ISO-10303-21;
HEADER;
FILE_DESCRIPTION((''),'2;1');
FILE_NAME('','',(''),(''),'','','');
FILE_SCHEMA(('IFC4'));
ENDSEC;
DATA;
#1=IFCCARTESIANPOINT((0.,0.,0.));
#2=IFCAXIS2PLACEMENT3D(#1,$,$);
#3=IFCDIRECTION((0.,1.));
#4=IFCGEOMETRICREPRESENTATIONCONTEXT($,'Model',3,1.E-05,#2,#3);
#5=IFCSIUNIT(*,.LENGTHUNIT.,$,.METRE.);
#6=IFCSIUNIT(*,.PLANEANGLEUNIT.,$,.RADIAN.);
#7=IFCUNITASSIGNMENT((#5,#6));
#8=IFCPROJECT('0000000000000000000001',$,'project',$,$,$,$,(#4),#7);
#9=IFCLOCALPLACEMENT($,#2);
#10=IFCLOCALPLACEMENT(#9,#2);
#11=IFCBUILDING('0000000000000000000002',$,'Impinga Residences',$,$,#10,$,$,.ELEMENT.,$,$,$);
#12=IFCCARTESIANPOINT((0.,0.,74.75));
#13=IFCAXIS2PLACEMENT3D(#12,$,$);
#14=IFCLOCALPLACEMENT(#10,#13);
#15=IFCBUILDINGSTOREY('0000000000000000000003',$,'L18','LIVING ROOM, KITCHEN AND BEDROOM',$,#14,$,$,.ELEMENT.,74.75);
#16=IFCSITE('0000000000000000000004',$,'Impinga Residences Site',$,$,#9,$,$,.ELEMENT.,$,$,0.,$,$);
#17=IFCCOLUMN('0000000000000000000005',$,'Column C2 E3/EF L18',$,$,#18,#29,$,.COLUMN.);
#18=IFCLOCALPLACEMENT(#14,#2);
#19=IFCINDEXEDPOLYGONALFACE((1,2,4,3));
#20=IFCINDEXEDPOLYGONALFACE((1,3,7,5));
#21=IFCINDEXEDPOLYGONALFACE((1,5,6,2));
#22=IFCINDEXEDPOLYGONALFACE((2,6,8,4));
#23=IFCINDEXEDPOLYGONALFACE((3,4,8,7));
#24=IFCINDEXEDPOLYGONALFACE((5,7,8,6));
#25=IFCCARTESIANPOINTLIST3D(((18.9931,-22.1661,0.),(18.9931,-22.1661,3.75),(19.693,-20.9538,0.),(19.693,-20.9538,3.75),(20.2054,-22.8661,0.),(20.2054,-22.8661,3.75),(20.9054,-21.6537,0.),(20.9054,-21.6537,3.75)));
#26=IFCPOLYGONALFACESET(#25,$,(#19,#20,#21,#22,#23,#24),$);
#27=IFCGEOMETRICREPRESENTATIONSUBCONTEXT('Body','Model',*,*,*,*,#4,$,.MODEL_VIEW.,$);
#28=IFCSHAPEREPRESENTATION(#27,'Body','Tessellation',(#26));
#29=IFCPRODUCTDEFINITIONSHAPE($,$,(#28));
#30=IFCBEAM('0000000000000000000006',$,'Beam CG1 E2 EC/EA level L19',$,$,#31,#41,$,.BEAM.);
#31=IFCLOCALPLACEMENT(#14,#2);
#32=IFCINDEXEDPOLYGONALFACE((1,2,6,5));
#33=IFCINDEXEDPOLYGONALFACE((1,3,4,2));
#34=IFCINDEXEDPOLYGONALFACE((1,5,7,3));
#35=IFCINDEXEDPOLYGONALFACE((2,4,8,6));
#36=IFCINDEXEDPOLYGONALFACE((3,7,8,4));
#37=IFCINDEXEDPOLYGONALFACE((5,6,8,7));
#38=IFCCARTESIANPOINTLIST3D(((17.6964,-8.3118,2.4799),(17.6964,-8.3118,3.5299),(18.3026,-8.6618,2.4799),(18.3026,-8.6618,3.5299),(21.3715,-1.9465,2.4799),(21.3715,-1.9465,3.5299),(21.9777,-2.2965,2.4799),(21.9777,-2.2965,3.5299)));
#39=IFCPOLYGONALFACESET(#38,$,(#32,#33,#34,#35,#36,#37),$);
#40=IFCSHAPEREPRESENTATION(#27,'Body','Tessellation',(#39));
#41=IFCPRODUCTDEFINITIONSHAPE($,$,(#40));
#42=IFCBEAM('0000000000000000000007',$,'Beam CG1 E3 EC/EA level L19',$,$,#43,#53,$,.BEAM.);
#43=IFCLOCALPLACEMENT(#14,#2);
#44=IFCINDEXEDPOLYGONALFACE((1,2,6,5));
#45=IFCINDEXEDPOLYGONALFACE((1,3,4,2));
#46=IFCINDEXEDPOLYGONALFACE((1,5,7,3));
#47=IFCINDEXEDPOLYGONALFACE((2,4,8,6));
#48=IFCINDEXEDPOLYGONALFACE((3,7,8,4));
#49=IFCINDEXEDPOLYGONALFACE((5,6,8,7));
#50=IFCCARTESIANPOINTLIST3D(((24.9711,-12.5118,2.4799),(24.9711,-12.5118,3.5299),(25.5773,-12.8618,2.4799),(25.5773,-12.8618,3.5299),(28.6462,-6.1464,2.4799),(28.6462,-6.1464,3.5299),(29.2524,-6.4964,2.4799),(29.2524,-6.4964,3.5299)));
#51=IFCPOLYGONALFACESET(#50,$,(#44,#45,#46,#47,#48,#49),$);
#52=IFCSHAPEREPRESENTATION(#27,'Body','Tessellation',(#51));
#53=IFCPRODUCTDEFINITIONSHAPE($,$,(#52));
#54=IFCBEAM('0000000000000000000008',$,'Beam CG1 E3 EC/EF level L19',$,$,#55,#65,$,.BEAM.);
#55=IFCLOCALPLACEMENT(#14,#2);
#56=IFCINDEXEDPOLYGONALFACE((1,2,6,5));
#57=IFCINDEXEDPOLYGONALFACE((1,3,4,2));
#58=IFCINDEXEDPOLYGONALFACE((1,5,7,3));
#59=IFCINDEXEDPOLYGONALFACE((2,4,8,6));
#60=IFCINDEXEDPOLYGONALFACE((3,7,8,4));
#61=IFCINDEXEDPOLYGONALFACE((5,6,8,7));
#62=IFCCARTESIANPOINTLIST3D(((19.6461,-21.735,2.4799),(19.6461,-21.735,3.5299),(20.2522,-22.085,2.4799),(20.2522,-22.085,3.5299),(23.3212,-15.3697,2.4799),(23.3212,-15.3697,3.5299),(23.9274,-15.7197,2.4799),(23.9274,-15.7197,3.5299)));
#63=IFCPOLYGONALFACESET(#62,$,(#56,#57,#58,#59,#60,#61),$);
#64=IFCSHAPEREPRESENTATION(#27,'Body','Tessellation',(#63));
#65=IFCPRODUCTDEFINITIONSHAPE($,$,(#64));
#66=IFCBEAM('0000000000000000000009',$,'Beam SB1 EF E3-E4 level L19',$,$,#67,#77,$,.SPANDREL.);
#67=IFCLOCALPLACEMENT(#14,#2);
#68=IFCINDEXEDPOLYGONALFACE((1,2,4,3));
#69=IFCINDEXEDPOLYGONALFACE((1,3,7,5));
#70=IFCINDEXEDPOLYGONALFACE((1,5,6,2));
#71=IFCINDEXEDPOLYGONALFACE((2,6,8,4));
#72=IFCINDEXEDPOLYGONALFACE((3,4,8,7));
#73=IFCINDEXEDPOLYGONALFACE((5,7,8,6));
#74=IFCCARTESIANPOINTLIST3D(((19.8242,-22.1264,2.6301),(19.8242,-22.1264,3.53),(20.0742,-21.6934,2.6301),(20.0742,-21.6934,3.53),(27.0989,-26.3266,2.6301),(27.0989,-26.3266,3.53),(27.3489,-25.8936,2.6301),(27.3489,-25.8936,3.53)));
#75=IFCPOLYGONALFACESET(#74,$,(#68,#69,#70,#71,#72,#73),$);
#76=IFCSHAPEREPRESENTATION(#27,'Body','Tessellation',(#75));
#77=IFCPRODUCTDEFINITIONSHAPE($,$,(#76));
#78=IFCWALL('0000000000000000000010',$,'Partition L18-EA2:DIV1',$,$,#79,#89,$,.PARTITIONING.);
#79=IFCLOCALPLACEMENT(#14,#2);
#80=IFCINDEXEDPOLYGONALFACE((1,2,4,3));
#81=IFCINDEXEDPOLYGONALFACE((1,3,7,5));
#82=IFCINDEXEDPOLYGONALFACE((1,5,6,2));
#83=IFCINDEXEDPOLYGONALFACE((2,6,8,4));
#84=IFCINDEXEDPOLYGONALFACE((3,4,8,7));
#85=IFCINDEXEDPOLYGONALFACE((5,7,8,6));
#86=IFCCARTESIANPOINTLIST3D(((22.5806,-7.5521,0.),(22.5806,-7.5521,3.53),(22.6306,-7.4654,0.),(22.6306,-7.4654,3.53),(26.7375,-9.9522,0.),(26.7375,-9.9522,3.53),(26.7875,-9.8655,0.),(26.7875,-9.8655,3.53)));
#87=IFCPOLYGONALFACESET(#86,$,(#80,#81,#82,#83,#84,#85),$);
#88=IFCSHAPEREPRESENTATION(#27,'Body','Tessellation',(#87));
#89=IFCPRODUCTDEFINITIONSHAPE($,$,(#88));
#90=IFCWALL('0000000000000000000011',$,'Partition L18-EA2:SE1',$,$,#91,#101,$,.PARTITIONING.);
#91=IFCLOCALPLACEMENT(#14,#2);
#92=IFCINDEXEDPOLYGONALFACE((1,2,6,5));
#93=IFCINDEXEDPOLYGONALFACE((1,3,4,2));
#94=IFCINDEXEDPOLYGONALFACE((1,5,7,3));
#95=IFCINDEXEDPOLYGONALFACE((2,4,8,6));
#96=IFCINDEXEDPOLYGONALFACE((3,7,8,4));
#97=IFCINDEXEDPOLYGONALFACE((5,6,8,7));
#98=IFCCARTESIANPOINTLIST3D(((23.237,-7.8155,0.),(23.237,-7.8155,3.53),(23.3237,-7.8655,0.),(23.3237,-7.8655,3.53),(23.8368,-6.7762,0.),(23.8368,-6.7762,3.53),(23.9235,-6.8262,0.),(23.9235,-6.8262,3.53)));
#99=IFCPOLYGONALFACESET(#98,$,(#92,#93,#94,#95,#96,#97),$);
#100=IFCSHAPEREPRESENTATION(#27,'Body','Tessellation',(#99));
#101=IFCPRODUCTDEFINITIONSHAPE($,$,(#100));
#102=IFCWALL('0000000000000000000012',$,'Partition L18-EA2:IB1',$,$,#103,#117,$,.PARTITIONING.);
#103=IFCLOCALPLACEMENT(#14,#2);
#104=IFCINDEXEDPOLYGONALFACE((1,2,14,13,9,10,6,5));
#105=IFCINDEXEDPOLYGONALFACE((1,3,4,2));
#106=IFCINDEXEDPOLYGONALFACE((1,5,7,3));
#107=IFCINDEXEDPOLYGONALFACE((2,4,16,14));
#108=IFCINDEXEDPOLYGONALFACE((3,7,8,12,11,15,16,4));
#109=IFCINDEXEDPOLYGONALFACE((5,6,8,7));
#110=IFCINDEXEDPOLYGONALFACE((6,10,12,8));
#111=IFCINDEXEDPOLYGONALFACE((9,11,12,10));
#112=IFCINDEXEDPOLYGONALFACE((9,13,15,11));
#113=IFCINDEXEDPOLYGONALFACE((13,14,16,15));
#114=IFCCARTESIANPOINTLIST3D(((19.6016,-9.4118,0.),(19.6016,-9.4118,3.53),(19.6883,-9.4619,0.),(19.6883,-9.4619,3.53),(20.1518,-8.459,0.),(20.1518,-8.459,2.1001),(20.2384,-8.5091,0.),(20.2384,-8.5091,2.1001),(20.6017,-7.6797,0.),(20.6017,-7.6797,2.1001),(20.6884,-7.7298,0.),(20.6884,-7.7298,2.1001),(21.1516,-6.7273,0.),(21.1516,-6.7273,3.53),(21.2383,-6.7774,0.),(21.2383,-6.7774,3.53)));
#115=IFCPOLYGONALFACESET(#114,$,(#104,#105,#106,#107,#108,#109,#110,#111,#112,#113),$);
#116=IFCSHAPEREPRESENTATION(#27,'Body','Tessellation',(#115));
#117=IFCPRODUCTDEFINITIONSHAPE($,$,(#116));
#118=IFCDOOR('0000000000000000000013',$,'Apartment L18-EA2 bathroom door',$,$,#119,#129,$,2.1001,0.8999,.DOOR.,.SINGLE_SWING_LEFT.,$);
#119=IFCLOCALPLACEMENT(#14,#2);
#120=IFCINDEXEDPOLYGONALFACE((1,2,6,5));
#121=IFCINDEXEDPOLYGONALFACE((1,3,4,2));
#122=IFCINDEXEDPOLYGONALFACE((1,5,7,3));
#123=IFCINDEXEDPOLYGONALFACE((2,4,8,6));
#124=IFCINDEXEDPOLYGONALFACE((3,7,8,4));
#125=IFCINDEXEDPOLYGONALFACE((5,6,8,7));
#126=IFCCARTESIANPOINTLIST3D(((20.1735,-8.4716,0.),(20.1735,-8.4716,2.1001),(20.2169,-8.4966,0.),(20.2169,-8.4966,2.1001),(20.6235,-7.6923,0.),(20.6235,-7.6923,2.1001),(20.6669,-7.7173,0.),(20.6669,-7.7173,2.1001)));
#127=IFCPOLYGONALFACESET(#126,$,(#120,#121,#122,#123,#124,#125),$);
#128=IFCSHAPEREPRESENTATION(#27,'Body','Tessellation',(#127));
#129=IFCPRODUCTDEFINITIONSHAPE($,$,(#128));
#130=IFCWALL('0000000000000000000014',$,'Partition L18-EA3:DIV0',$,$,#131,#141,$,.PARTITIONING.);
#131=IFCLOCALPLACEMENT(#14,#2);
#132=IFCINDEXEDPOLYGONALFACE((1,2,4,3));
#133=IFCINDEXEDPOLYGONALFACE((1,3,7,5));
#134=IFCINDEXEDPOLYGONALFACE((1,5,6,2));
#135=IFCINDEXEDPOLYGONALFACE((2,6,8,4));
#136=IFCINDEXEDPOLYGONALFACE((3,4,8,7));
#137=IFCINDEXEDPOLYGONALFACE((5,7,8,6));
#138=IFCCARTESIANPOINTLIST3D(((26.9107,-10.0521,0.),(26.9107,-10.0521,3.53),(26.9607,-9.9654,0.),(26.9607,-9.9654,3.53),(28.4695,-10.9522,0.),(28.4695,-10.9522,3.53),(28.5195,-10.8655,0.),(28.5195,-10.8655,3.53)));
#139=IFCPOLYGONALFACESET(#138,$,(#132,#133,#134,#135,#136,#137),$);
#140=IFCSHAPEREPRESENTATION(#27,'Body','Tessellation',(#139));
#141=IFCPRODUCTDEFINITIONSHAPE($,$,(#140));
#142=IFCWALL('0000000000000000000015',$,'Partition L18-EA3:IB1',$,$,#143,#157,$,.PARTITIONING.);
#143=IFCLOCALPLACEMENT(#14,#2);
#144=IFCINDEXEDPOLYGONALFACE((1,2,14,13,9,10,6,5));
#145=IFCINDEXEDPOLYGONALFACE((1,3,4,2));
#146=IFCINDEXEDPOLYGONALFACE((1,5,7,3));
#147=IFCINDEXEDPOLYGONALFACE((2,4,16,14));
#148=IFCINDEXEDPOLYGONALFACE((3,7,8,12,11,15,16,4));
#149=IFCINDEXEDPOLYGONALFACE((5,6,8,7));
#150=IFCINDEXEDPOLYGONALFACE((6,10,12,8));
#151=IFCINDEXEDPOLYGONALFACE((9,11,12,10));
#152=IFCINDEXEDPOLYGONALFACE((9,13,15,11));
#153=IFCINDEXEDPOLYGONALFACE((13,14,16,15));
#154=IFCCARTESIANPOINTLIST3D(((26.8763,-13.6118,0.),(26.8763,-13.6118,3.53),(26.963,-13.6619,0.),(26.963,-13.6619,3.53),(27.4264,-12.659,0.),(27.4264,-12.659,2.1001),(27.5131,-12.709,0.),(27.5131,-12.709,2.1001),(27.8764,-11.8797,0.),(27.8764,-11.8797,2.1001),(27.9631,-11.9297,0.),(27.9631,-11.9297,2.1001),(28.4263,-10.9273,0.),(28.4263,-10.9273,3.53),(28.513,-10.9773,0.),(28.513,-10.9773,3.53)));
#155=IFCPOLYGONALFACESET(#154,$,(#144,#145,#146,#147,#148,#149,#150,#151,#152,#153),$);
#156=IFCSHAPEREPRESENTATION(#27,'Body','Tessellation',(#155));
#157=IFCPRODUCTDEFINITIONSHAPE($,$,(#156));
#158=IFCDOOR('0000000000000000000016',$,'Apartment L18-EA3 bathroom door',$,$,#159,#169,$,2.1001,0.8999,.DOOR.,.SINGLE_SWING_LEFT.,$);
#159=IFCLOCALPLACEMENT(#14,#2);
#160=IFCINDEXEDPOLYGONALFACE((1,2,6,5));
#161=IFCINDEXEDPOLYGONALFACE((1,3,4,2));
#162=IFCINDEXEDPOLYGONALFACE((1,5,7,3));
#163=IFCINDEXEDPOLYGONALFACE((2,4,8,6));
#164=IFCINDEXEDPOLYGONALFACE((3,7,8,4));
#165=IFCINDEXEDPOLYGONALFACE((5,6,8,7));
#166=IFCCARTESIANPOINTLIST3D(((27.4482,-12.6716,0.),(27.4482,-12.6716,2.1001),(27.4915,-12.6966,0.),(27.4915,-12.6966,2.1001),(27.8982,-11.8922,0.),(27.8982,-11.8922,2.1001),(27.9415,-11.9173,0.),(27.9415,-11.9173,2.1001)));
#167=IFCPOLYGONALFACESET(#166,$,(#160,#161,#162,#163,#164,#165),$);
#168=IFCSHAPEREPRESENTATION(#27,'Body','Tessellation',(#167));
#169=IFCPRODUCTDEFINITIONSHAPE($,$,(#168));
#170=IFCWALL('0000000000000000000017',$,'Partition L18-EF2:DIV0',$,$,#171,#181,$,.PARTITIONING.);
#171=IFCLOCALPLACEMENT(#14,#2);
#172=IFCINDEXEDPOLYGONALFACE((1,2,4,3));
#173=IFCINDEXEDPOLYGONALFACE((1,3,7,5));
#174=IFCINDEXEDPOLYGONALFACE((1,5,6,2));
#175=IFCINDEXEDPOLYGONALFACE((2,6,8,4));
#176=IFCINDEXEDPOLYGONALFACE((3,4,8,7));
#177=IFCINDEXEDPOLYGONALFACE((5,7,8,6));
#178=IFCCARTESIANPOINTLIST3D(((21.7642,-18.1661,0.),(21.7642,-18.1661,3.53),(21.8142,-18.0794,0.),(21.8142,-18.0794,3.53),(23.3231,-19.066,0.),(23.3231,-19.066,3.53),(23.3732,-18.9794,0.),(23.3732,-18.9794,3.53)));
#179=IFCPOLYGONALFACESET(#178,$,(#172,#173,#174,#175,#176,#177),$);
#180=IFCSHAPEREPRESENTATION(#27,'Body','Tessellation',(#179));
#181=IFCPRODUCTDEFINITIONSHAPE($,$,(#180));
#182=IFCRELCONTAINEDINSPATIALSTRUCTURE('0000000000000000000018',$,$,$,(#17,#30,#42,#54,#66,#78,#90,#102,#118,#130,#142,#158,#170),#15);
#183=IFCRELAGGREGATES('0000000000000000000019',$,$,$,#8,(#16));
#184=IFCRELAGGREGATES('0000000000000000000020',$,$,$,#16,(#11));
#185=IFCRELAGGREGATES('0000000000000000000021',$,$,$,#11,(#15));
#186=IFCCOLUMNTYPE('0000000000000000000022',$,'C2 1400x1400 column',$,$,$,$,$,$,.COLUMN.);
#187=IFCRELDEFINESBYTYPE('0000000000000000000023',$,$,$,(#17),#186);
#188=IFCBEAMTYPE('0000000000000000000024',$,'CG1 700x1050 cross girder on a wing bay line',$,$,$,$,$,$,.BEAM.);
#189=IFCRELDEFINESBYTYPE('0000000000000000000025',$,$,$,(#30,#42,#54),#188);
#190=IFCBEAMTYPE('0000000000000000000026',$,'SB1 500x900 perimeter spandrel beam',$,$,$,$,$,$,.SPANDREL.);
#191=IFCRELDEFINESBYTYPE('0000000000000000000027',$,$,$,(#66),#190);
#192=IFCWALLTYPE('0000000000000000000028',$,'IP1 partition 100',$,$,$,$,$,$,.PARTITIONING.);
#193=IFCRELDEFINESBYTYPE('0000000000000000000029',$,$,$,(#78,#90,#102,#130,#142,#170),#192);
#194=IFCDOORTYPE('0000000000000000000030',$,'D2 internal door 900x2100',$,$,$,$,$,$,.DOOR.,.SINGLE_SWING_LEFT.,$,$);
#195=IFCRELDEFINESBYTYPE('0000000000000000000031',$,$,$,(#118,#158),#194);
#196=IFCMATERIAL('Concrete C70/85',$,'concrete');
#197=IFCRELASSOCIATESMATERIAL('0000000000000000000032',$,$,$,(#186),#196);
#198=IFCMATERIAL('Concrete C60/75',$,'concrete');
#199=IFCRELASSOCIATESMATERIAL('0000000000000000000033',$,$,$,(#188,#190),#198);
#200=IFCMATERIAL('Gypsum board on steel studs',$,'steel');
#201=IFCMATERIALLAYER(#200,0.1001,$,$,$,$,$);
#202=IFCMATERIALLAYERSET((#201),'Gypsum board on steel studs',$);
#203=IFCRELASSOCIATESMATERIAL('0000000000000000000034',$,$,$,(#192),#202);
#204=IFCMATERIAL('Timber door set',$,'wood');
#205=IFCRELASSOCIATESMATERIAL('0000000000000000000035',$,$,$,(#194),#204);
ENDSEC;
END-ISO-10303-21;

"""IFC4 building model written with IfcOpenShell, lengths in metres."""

from ifc_helpers import new_model, si_unit, direction, frame, frame_2d, origin, origin_2d, place, context, subcontext, project, spatial, rectangle, extrude, material, layer, layer_set, material_profile, profile_set, type_object, element, fill, save


model = new_model("IFC4")

# Units and contexts
model_context = context("Model", 3, precision=1e-05, world=origin(), true_north=direction((0.0, 1.0)))
body_context = subcontext(model_context, "Body", "Model", "MODEL_VIEW")
ifc_project = project(units=[si_unit("LENGTHUNIT", "METRE"), si_unit("PLANEANGLEUNIT", "RADIAN")], contexts=[model_context])

# Site, building, storey
site_placement = place(None, origin())
site = spatial("IfcSite", under=ifc_project, at=site_placement, Name="Impinga Residences Site", CompositionType="ELEMENT", RefElevation=0.0)
building_placement = place(site_placement, origin())
building = spatial("IfcBuilding", under=site, at=building_placement, Name="Impinga Residences", CompositionType="ELEMENT")
storey_placement = place(building_placement, frame((0.0, 0.0, 74.75)))
storey = spatial("IfcBuildingStorey", under=building, at=storey_placement, Name="L18", Description="LIVING ROOM, KITCHEN AND BEDROOM", CompositionType="ELEMENT", Elevation=74.75)

# Column
ifc_material_1 = material(Name="Concrete C70/85", Category="concrete")
ifc_material_profile_1 = material_profile(ifc_material_1, rectangle(XDim=1.3999, YDim=1.3999, at=origin_2d()), Name="RC 1400x1400")
ifc_profile_set_1 = profile_set([ifc_material_profile_1], Name="Concrete C70/85")
column_type = type_object("IfcColumnType", Name="C2 1400x1400 column", PredefinedType="COLUMN", material=ifc_profile_set_1)
column_placement = place(storey_placement, frame((19.9492, -21.9099, 0.0), z_axis=(0.0, 0.0, 1.0), x_axis=(-0.5, -0.866025, 0.0)))
element("IfcColumn", 1, at=column_placement, inside=storey, type_object=column_type, Name="Column C2 E3/EF L18", PredefinedType="COLUMN", context=body_context, shape_type="SweptSolid", body=[
    extrude(rectangle(XDim=1.3999, YDim=1.3999, at=origin_2d()), origin(), (0.0, 0.0, 1.0), 3.75),
])

# Beams
ifc_material_2 = material(Name="Concrete C60/75", Category="concrete")
ifc_material_profile_2 = material_profile(ifc_material_2, rectangle(XDim=0.7, YDim=1.05, at=origin_2d()), Name="RC 700x1050")
ifc_profile_set_2 = profile_set([ifc_material_profile_2], Name="Concrete C60/75")
beam_type_1 = type_object("IfcBeamType", Name="CG1 700x1050 cross girder on a wing bay line", PredefinedType="BEAM", material=ifc_profile_set_2)
for number, where, z_axis, x_axis, name in (
    (2, (17.9995, -8.4868, 3.0049), (0.500008, 0.866021, 0.0), (-0.866021, 0.500008, 0.0), "Beam CG1 E2 EC/EA level L19"),
    (3, (25.2742, -12.6868, 3.0049), (0.500008, 0.866021, 0.0), (-0.866021, 0.500008, 0.0), "Beam CG1 E3 EC/EA level L19"),
    (4, (23.6243, -15.5447, 3.0049), (-0.500008, -0.866021, 0.0), (0.866021, -0.500008, 0.0), "Beam CG1 E3 EC/EF level L19"),
):
    element("IfcBeam", number, at=place(storey_placement, frame(where, z_axis=z_axis, x_axis=x_axis)), inside=storey, type_object=beam_type_1, Name=name, PredefinedType="BEAM", context=body_context, shape_type="SweptSolid", body=[
        extrude(rectangle(XDim=0.7, YDim=1.05, at=origin_2d()), origin(), (0.0, 0.0, 1.0), 7.3501),
    ])
ifc_material_profile_3 = material_profile(ifc_material_2, rectangle(XDim=0.5, YDim=0.8999, at=origin_2d()), Name="RC 500x900")
ifc_profile_set_3 = profile_set([ifc_material_profile_3], Name="Concrete C60/75")
beam_type_2 = type_object("IfcBeamType", Name="SB1 500x900 perimeter spandrel beam", PredefinedType="SPANDREL", material=ifc_profile_set_3)
beam_placement = place(storey_placement, frame((19.9492, -21.9099, 3.0801), z_axis=(0.866017, -0.500015, 0.0), x_axis=(0.500015, 0.866017, 0.0)))
element("IfcBeam", 5, at=beam_placement, inside=storey, type_object=beam_type_2, Name="Beam SB1 EF E3-E4 level L19", PredefinedType="SPANDREL", context=body_context, shape_type="SweptSolid", body=[
    extrude(rectangle(XDim=0.5, YDim=0.8999, at=origin_2d()), origin(), (0.0, 0.0, 1.0), 8.4001),
])

# Walls
ifc_material_3 = material(Name="Gypsum board on steel studs", Category="steel")
ifc_layer_1 = layer(ifc_material_3, 0.1001)
ifc_layer_set_1 = layer_set([ifc_layer_1], Name="Gypsum board on steel studs")
wall_type_1 = type_object("IfcWallType", Name="IP1 partition 100", PredefinedType="PARTITIONING", material=ifc_layer_set_1)
wall_1_placement = place(storey_placement, frame((22.6057, -7.5088, 0.0), z_axis=(0.0, 0.0, 1.0), x_axis=(0.866015, -0.500017, 0.0)))
element("IfcWall", 6, at=wall_1_placement, inside=storey, type_object=wall_type_1, Name="Partition L18-EA2:DIV1", PredefinedType="PARTITIONING", context=body_context, shape_type="SweptSolid", body=[
    extrude(rectangle(XDim=4.8, YDim=0.1001, at=frame_2d((2.3999, 0.0))), origin(), (0.0, 0.0, 1.0), 3.53),
])
wall_2_placement = place(storey_placement, frame((23.2803, -7.8406, 0.0), z_axis=(0.0, 0.0, 1.0), x_axis=(0.499881, 0.866094, 0.0)))
element("IfcWall", 7, at=wall_2_placement, inside=storey, type_object=wall_type_1, Name="Partition L18-EA2:SE1", PredefinedType="PARTITIONING", context=body_context, shape_type="SweptSolid", body=[
    extrude(rectangle(XDim=1.2, YDim=0.1001, at=frame_2d((0.6001, 0.0))), origin(), (0.0, 0.0, 1.0), 3.53),
])

# Wall, opening, door
wall_3_placement = place(storey_placement, frame((19.645, -9.4368, 0.0), z_axis=(0.0, 0.0, 1.0), x_axis=(0.500027, 0.86601, 0.0)))
wall_3 = element("IfcWall", 8, at=wall_3_placement, inside=storey, type_object=wall_type_1, Name="Partition L18-EA2:IB1", PredefinedType="PARTITIONING", context=body_context, shape_type="SweptSolid", body=[
    extrude(rectangle(XDim=3.0999, YDim=0.1001, at=frame_2d((1.5498, 0.0))), origin(), (0.0, 0.0, 1.0), 3.53),
])
opening_1_placement = place(wall_3_placement, frame((1.1001, 0.0, 0.0)))
opening_1 = element("IfcOpeningElement", 9, at=opening_1_placement, cuts=wall_3, PredefinedType="OPENING", context=body_context, shape_type="SweptSolid", body=[
    extrude(rectangle(XDim=0.8999, YDim=2.1001, at=frame_2d((0.45, 1.05))), frame((0.0, 0.0601, 0.0), z_axis=(0.0, -1.0, 0.0), x_axis=(1.0, 0.0, 0.0)), (0.0, 0.0, 1.0), 0.1201),
])
ifc_material_4 = material(Name="Timber door set", Category="wood")
door_type = type_object("IfcDoorType", Name="D2 internal door 900x2100", OperationType="SINGLE_SWING_LEFT", PredefinedType="DOOR", material=ifc_material_4)
door_1_placement = place(opening_1_placement, origin())
door_1 = element("IfcDoor", 10, at=door_1_placement, inside=storey, type_object=door_type, Name="Apartment L18-EA2 bathroom door", OperationType="SINGLE_SWING_LEFT", OverallHeight=2.1001, OverallWidth=0.8999, PredefinedType="DOOR", context=body_context, shape_type="SweptSolid", body=[
    extrude(rectangle(XDim=0.8999, YDim=2.1001, at=frame_2d((0.45, 1.05))), frame((0.0, 0.0249, 0.0), z_axis=(0.0, -1.0, 0.0), x_axis=(1.0, 0.0, 0.0)), (0.0, 0.0, 1.0), 0.05),
])
fill(opening_1, door_1)

# Wall
wall_4_placement = place(storey_placement, frame((26.9358, -10.0088, 0.0), z_axis=(0.0, 0.0, 1.0), x_axis=(0.865989, -0.500063, 0.0)))
element("IfcWall", 11, at=wall_4_placement, inside=storey, type_object=wall_type_1, Name="Partition L18-EA3:DIV0", PredefinedType="PARTITIONING", context=body_context, shape_type="SweptSolid", body=[
    extrude(rectangle(XDim=1.8, YDim=0.1001, at=frame_2d((0.8999, 0.0))), origin(), (0.0, 0.0, 1.0), 3.53),
])

# Wall, opening, door
wall_5_placement = place(storey_placement, frame((26.9197, -13.6367, 0.0), z_axis=(0.0, 0.0, 1.0), x_axis=(0.500027, 0.86601, 0.0)))
wall_5 = element("IfcWall", 12, at=wall_5_placement, inside=storey, type_object=wall_type_1, Name="Partition L18-EA3:IB1", PredefinedType="PARTITIONING", context=body_context, shape_type="SweptSolid", body=[
    extrude(rectangle(XDim=3.0999, YDim=0.1001, at=frame_2d((1.5498, 0.0))), origin(), (0.0, 0.0, 1.0), 3.53),
])
opening_2_placement = place(wall_5_placement, frame((1.1001, 0.0, 0.0)))
opening_2 = element("IfcOpeningElement", 13, at=opening_2_placement, cuts=wall_5, PredefinedType="OPENING", context=body_context, shape_type="SweptSolid", body=[
    extrude(rectangle(XDim=0.8999, YDim=2.1001, at=frame_2d((0.45, 1.05))), frame((0.0, 0.0601, 0.0), z_axis=(0.0, -1.0, 0.0), x_axis=(1.0, 0.0, 0.0)), (0.0, 0.0, 1.0), 0.1201),
])
door_2_placement = place(opening_2_placement, origin())
door_2 = element("IfcDoor", 14, at=door_2_placement, inside=storey, type_object=door_type, Name="Apartment L18-EA3 bathroom door", OperationType="SINGLE_SWING_LEFT", OverallHeight=2.1001, OverallWidth=0.8999, PredefinedType="DOOR", context=body_context, shape_type="SweptSolid", body=[
    extrude(rectangle(XDim=0.8999, YDim=2.1001, at=frame_2d((0.45, 1.05))), frame((0.0, 0.0249, 0.0), z_axis=(0.0, -1.0, 0.0), x_axis=(1.0, 0.0, 0.0)), (0.0, 0.0, 1.0), 0.05),
])
fill(opening_2, door_2)

# Wall
wall_6_placement = place(storey_placement, frame((21.7893, -18.1228, 0.0), z_axis=(0.0, 0.0, 1.0), x_axis=(0.866048, -0.499961, 0.0)))
element("IfcWall", 15, at=wall_6_placement, inside=storey, type_object=wall_type_1, Name="Partition L18-EF2:DIV0", PredefinedType="PARTITIONING", context=body_context, shape_type="SweptSolid", body=[
    extrude(rectangle(XDim=1.8, YDim=0.1001, at=frame_2d((0.8999, 0.0))), origin(), (0.0, 0.0, 1.0), 3.53),
])

save(model, "model.ifc")
